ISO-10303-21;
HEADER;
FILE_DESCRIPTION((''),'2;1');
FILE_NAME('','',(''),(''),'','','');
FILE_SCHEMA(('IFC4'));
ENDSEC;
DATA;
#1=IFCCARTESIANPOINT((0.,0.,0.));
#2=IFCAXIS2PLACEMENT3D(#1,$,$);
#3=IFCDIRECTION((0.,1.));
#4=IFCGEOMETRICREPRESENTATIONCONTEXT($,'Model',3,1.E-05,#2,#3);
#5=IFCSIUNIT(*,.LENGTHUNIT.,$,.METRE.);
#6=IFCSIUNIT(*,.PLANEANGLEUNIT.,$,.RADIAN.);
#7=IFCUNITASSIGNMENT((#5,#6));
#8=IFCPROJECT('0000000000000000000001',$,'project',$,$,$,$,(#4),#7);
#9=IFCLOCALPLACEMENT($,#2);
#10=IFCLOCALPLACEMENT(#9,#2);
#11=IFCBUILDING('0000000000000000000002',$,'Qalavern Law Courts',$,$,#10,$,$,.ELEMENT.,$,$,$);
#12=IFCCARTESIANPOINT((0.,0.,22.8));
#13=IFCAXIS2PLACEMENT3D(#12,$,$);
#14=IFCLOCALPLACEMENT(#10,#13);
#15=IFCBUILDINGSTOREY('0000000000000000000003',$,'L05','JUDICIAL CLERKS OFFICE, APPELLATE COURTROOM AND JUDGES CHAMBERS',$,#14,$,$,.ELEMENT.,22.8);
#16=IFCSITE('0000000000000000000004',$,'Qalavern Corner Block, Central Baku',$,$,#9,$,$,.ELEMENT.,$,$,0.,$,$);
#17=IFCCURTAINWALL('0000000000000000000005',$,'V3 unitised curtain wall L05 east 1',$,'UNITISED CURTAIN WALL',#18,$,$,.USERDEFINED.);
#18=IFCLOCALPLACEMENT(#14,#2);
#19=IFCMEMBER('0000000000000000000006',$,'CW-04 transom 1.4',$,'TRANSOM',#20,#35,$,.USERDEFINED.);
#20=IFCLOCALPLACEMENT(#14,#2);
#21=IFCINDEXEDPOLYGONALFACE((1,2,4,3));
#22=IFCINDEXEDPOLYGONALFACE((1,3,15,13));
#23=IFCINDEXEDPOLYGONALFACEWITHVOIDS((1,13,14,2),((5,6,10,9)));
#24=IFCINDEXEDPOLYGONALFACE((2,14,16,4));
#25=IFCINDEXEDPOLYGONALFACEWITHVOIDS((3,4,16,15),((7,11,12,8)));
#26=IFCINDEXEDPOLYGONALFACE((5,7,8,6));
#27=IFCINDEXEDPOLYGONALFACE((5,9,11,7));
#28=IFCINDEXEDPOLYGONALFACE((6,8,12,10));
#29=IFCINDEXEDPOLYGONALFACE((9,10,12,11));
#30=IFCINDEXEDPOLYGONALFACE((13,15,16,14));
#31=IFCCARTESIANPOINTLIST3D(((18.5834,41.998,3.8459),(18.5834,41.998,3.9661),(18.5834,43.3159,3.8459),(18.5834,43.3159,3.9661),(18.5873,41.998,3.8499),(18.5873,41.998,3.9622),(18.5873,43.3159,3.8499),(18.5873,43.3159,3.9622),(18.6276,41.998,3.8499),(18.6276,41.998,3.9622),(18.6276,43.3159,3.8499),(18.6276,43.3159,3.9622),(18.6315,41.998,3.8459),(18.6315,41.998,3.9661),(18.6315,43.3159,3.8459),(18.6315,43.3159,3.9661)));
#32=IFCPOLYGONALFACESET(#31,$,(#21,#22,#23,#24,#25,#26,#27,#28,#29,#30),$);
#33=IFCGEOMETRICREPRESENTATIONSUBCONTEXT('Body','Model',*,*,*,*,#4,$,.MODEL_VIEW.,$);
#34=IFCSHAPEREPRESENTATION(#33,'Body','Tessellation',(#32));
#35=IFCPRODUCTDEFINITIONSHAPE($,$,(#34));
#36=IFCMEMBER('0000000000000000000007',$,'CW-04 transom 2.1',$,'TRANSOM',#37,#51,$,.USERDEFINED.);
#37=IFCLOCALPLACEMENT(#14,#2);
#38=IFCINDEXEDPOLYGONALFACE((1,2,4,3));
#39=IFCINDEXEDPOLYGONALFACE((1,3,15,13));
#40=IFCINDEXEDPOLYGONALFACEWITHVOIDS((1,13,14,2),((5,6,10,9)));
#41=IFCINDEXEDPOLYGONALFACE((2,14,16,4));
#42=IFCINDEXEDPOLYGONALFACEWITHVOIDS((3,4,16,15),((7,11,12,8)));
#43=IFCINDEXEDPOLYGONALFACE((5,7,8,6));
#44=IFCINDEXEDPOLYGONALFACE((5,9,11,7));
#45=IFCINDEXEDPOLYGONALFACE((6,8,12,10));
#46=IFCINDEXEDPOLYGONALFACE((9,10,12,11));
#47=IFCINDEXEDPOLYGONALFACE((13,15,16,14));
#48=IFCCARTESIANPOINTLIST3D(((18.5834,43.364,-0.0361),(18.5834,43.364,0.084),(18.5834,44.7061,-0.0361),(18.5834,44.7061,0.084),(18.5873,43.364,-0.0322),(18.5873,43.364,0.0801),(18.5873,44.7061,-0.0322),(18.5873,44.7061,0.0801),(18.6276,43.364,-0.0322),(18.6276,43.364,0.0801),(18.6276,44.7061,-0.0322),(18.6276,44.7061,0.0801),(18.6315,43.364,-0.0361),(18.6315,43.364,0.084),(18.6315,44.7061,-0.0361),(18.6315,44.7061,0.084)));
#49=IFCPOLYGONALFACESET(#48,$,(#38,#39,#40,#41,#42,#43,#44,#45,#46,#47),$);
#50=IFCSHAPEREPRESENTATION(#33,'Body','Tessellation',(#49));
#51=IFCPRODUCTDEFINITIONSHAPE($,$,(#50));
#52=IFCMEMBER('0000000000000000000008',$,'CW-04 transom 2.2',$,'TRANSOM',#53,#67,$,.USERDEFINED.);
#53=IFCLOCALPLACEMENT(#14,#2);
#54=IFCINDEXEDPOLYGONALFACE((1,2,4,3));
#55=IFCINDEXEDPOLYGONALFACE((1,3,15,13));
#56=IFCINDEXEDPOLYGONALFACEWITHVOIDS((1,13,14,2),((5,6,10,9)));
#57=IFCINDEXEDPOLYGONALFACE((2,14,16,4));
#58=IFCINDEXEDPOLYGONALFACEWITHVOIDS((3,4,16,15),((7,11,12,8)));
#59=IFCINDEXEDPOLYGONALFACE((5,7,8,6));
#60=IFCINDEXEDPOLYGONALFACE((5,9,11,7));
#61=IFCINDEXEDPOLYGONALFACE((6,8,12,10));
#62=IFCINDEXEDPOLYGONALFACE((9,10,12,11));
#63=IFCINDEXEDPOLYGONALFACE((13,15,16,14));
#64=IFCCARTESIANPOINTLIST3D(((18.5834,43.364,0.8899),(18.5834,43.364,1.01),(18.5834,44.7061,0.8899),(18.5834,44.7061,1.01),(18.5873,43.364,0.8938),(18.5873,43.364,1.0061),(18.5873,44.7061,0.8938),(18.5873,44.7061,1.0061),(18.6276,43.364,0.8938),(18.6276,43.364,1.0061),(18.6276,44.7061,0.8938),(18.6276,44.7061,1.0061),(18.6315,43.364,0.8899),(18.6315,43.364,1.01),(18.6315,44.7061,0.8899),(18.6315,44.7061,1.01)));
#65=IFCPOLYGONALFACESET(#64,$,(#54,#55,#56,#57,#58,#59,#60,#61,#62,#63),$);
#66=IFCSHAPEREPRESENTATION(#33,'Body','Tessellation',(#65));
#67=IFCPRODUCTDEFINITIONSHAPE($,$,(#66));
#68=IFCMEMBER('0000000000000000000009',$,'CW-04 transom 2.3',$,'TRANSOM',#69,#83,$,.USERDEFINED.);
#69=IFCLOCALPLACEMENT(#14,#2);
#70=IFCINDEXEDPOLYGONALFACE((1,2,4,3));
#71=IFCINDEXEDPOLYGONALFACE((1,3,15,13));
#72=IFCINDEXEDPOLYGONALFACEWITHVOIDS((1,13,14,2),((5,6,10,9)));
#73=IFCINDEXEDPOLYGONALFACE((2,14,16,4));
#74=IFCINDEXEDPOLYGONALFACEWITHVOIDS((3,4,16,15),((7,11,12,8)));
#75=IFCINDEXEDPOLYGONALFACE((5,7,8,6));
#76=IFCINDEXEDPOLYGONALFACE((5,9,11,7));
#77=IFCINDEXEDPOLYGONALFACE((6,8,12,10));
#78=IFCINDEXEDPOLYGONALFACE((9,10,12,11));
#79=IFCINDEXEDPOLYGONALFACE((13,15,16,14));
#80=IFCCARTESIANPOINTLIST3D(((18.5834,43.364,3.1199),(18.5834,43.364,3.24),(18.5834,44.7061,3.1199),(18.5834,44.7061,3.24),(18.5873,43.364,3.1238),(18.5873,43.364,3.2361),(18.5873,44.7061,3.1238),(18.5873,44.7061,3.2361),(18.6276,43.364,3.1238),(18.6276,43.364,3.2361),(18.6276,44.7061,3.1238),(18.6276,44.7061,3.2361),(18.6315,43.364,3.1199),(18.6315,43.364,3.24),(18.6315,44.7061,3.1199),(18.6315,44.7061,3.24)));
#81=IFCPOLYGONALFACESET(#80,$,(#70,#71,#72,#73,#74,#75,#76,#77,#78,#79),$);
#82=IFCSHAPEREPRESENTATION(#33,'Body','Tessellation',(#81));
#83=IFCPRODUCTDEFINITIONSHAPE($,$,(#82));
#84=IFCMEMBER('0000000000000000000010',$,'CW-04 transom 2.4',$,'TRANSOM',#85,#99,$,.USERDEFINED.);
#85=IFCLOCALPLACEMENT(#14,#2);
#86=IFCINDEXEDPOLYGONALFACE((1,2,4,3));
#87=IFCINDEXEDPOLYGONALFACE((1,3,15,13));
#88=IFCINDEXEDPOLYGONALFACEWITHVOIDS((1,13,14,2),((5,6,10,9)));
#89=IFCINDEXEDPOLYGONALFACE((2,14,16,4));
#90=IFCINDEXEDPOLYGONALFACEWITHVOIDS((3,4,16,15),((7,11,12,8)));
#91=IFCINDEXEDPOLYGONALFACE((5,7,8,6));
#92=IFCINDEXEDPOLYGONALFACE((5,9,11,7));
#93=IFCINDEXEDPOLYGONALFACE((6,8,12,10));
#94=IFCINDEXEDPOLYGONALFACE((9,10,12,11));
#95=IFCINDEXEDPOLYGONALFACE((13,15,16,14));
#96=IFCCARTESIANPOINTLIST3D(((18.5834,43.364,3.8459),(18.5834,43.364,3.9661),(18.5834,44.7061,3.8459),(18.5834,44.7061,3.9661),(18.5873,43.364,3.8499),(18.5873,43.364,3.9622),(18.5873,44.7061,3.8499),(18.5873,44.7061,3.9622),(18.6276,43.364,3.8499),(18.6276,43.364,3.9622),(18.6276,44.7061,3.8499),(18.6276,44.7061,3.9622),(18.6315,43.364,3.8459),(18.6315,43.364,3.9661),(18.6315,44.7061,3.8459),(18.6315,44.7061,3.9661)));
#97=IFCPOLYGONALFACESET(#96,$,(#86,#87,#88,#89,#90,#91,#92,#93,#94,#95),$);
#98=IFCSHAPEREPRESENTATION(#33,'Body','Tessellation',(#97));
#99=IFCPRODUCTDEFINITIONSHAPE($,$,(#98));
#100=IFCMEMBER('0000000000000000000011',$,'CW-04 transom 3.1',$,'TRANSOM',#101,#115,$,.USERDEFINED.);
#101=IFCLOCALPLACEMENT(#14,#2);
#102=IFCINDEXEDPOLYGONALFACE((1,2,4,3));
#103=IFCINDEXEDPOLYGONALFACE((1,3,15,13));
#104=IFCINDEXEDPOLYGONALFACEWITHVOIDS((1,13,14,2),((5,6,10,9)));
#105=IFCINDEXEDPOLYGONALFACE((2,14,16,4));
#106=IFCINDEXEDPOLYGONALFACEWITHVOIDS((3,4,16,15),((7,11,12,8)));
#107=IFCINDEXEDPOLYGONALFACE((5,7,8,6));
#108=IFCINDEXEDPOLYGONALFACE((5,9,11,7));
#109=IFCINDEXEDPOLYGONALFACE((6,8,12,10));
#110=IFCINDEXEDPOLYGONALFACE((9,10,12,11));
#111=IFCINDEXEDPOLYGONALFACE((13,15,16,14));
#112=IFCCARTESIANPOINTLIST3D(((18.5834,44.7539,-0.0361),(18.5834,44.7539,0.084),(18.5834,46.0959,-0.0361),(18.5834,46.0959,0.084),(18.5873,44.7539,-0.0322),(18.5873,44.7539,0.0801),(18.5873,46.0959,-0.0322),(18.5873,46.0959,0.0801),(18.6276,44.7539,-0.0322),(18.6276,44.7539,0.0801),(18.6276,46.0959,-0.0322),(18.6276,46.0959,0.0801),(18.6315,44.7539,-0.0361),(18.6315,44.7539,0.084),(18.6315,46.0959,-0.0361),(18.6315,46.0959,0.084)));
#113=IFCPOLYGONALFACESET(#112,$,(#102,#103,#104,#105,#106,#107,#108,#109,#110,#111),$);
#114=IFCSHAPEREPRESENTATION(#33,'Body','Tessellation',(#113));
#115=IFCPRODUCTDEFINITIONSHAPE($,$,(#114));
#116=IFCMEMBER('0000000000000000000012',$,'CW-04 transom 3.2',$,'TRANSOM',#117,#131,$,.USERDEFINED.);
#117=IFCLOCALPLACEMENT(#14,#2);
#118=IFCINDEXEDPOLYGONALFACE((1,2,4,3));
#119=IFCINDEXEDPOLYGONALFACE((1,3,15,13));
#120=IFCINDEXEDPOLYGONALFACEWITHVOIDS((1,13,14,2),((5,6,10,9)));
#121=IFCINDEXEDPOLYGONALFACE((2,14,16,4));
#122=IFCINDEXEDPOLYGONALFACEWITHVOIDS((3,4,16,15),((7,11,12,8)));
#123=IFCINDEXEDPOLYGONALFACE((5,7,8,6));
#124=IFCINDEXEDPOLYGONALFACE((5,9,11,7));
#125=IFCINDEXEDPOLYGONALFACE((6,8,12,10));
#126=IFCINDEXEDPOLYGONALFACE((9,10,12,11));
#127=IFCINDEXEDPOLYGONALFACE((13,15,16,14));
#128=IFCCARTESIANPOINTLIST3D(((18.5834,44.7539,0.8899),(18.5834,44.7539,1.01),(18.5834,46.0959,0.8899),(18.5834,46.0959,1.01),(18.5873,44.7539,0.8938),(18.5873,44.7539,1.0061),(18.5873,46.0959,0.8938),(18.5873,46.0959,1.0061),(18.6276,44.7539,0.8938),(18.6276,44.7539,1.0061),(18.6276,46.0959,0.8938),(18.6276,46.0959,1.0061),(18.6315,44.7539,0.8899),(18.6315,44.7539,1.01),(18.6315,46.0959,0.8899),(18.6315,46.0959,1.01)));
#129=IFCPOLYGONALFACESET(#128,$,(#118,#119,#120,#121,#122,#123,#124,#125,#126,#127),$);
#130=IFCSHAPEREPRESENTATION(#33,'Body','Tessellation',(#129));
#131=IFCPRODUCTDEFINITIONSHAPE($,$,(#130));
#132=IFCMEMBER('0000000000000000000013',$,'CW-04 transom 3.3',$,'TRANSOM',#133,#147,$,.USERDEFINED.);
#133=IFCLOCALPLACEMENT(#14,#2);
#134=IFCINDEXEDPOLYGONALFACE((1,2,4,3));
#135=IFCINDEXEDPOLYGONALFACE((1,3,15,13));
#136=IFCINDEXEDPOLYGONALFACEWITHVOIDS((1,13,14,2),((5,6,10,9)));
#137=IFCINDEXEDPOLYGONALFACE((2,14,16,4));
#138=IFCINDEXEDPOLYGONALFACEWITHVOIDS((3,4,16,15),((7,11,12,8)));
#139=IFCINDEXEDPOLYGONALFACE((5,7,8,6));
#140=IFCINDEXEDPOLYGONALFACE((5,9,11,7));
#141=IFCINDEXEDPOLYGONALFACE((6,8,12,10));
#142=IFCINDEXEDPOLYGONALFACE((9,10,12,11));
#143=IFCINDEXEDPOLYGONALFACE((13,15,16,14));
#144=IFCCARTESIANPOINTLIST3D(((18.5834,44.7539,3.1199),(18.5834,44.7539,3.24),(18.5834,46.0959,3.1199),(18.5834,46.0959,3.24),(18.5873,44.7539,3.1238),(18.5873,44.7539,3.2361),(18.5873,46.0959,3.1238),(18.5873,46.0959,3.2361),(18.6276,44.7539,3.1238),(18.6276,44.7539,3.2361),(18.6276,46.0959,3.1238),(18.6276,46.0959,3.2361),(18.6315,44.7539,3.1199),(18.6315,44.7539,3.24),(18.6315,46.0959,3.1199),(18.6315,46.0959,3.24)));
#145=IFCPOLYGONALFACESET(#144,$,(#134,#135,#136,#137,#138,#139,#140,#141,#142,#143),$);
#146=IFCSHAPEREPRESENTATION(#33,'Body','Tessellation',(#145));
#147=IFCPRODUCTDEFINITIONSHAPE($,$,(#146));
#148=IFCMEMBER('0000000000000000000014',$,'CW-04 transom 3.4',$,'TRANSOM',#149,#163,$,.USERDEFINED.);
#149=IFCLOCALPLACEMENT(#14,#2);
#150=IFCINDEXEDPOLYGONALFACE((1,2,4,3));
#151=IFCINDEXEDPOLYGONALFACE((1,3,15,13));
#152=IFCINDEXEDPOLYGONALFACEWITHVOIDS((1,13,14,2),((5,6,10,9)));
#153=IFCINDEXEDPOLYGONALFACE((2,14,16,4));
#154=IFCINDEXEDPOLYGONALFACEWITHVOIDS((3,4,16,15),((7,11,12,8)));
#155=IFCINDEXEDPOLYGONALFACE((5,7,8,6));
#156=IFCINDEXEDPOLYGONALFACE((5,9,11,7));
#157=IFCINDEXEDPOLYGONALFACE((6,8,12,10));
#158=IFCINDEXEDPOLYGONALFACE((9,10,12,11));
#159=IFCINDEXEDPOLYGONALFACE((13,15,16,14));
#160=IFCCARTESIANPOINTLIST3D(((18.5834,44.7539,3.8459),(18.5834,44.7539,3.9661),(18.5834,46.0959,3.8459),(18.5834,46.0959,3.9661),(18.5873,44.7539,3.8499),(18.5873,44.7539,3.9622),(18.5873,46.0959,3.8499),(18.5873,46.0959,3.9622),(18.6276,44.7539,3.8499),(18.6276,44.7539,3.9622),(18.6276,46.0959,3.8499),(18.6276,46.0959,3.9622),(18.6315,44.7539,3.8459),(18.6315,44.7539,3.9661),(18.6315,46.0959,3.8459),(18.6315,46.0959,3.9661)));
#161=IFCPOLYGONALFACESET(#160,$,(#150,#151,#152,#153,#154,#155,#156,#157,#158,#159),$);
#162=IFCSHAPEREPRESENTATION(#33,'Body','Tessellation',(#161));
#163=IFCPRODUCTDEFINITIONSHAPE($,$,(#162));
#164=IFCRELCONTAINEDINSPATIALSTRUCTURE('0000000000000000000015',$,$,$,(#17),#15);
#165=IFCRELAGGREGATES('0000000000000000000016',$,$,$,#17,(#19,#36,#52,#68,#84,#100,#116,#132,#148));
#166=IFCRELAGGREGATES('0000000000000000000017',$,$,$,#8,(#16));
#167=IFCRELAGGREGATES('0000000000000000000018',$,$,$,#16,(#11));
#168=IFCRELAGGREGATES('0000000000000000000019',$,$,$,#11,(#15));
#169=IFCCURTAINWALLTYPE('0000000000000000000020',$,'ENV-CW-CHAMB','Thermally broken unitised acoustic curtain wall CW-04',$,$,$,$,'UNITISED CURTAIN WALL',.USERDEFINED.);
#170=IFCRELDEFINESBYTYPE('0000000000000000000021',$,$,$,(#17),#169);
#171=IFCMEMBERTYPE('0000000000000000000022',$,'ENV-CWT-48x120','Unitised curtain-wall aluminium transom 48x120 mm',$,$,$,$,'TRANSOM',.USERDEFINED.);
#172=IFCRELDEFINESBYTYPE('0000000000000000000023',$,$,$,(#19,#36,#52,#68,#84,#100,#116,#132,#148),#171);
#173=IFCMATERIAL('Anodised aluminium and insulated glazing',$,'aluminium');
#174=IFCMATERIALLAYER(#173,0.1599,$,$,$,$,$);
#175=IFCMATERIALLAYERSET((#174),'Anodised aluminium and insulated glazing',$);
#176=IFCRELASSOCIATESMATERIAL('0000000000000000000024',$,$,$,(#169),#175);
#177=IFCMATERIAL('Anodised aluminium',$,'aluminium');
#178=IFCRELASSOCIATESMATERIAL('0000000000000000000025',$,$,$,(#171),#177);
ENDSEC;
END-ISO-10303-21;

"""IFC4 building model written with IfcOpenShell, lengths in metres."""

from ifc_helpers import new_model, si_unit, direction, frame, origin, origin_2d, place, context, subcontext, project, spatial, hollow_rectangle, extrude, material, layer, layer_set, material_profile, profile_set, type_object, element, aggregate, save


model = new_model("IFC4")

# Units and contexts
model_context = context("Model", 3, precision=1e-05, world=origin(), true_north=direction((0.0, 1.0)))
body_context = subcontext(model_context, "Body", "Model", "MODEL_VIEW")
ifc_project = project(units=[si_unit("LENGTHUNIT", "METRE"), si_unit("PLANEANGLEUNIT", "RADIAN")], contexts=[model_context])

# Site, building, storey
site_placement = place(None, origin())
site = spatial("IfcSite", under=ifc_project, at=site_placement, Name="Qalavern Corner Block, Central Baku", CompositionType="ELEMENT", RefElevation=0.0)
building_placement = place(site_placement, origin())
building = spatial("IfcBuilding", under=site, at=building_placement, Name="Qalavern Law Courts", CompositionType="ELEMENT")
storey_placement = place(building_placement, frame((0.0, 0.0, 22.8)))
storey = spatial("IfcBuildingStorey", under=building, at=storey_placement, Name="L05", Description="JUDICIAL CLERKS OFFICE, APPELLATE COURTROOM AND JUDGES CHAMBERS", CompositionType="ELEMENT", Elevation=22.8)

# Shared definitions
ifc_material_1 = material(Name="Anodised aluminium and insulated glazing", Category="aluminium")
ifc_layer_1 = layer(ifc_material_1, 0.1599)
ifc_layer_set_1 = layer_set([ifc_layer_1], Name="Anodised aluminium and insulated glazing")
curtain_wall_type = type_object("IfcCurtainWallType", Name="ENV-CW-CHAMB", Description="Thermally broken unitised acoustic curtain wall CW-04", ElementType="UNITISED CURTAIN WALL", PredefinedType="USERDEFINED", material=ifc_layer_set_1)
ifc_material_2 = material(Name="Anodised aluminium", Category="aluminium")

# Curtain wall
curtain_wall_1_placement = place(storey_placement, origin())
curtain_wall_1 = element("IfcCurtainWall", 1, at=curtain_wall_1_placement, inside=storey, type_object=curtain_wall_type, Name="V3 unitised curtain wall L05 east 1", ObjectType="UNITISED CURTAIN WALL", PredefinedType="USERDEFINED")

# Members
ifc_material_profile_1 = material_profile(ifc_material_2, hollow_rectangle(XDim=0.0481, YDim=0.1201, WallThickness=0.0039, at=origin_2d()), Name="ALU TRANSOM 48x120")
ifc_profile_set_1 = profile_set([ifc_material_profile_1], Name="Anodised aluminium")
member_type_1 = type_object("IfcMemberType", Name="ENV-CWT-48x120", Description="Unitised curtain-wall aluminium transom 48x120 mm", ElementType="TRANSOM", PredefinedType="USERDEFINED", material=ifc_profile_set_1)
member_1_placement = place(storey_placement, frame((18.6074, 41.998, 3.906), z_axis=(0.0, 1.0, 0.0), x_axis=(-1.0, 0.0, 0.0)))
member_1 = element("IfcMember", 2, at=member_1_placement, type_object=member_type_1, Name="CW-04 transom 1.4", ObjectType="TRANSOM", PredefinedType="USERDEFINED", context=body_context, shape_type="SweptSolid", body=[
    extrude(hollow_rectangle(XDim=0.0481, YDim=0.1201, WallThickness=0.0039, at=origin_2d()), origin(), (0.0, 0.0, 1.0), 1.3179),
])
member_2_placement = place(storey_placement, frame((18.6074, 43.364, 0.0239), z_axis=(0.0, 1.0, 0.0), x_axis=(-1.0, 0.0, 0.0)))
member_2 = element("IfcMember", 3, at=member_2_placement, type_object=member_type_1, Name="CW-04 transom 2.1", ObjectType="TRANSOM", PredefinedType="USERDEFINED", context=body_context, shape_type="SweptSolid", body=[
    extrude(hollow_rectangle(XDim=0.0481, YDim=0.1201, WallThickness=0.0039, at=origin_2d()), origin(), (0.0, 0.0, 1.0), 1.342),
])
member_3_placement = place(storey_placement, frame((18.6074, 43.364, 0.95), z_axis=(0.0, 1.0, 0.0), x_axis=(-1.0, 0.0, 0.0)))
member_3 = element("IfcMember", 4, at=member_3_placement, type_object=member_type_1, Name="CW-04 transom 2.2", ObjectType="TRANSOM", PredefinedType="USERDEFINED", context=body_context, shape_type="SweptSolid", body=[
    extrude(hollow_rectangle(XDim=0.0481, YDim=0.1201, WallThickness=0.0039, at=origin_2d()), origin(), (0.0, 0.0, 1.0), 1.342),
])
member_4_placement = place(storey_placement, frame((18.6074, 43.364, 3.1799), z_axis=(0.0, 1.0, 0.0), x_axis=(-1.0, 0.0, 0.0)))
member_4 = element("IfcMember", 5, at=member_4_placement, type_object=member_type_1, Name="CW-04 transom 2.3", ObjectType="TRANSOM", PredefinedType="USERDEFINED", context=body_context, shape_type="SweptSolid", body=[
    extrude(hollow_rectangle(XDim=0.0481, YDim=0.1201, WallThickness=0.0039, at=origin_2d()), origin(), (0.0, 0.0, 1.0), 1.342),
])
member_5_placement = place(storey_placement, frame((18.6074, 43.364, 3.906), z_axis=(0.0, 1.0, 0.0), x_axis=(-1.0, 0.0, 0.0)))
member_5 = element("IfcMember", 6, at=member_5_placement, type_object=member_type_1, Name="CW-04 transom 2.4", ObjectType="TRANSOM", PredefinedType="USERDEFINED", context=body_context, shape_type="SweptSolid", body=[
    extrude(hollow_rectangle(XDim=0.0481, YDim=0.1201, WallThickness=0.0039, at=origin_2d()), origin(), (0.0, 0.0, 1.0), 1.342),
])
member_6_placement = place(storey_placement, frame((18.6074, 44.7539, 0.0239), z_axis=(0.0, 1.0, 0.0), x_axis=(-1.0, 0.0, 0.0)))
member_6 = element("IfcMember", 7, at=member_6_placement, type_object=member_type_1, Name="CW-04 transom 3.1", ObjectType="TRANSOM", PredefinedType="USERDEFINED", context=body_context, shape_type="SweptSolid", body=[
    extrude(hollow_rectangle(XDim=0.0481, YDim=0.1201, WallThickness=0.0039, at=origin_2d()), origin(), (0.0, 0.0, 1.0), 1.342),
])
member_7_placement = place(storey_placement, frame((18.6074, 44.7539, 0.95), z_axis=(0.0, 1.0, 0.0), x_axis=(-1.0, 0.0, 0.0)))
member_7 = element("IfcMember", 8, at=member_7_placement, type_object=member_type_1, Name="CW-04 transom 3.2", ObjectType="TRANSOM", PredefinedType="USERDEFINED", context=body_context, shape_type="SweptSolid", body=[
    extrude(hollow_rectangle(XDim=0.0481, YDim=0.1201, WallThickness=0.0039, at=origin_2d()), origin(), (0.0, 0.0, 1.0), 1.342),
])
member_8_placement = place(storey_placement, frame((18.6074, 44.7539, 3.1799), z_axis=(0.0, 1.0, 0.0), x_axis=(-1.0, 0.0, 0.0)))
member_8 = element("IfcMember", 9, at=member_8_placement, type_object=member_type_1, Name="CW-04 transom 3.3", ObjectType="TRANSOM", PredefinedType="USERDEFINED", context=body_context, shape_type="SweptSolid", body=[
    extrude(hollow_rectangle(XDim=0.0481, YDim=0.1201, WallThickness=0.0039, at=origin_2d()), origin(), (0.0, 0.0, 1.0), 1.342),
])
member_9_placement = place(storey_placement, frame((18.6074, 44.7539, 3.906), z_axis=(0.0, 1.0, 0.0), x_axis=(-1.0, 0.0, 0.0)))
member_9 = element("IfcMember", 10, at=member_9_placement, type_object=member_type_1, Name="CW-04 transom 3.4", ObjectType="TRANSOM", PredefinedType="USERDEFINED", context=body_context, shape_type="SweptSolid", body=[
    extrude(hollow_rectangle(XDim=0.0481, YDim=0.1201, WallThickness=0.0039, at=origin_2d()), origin(), (0.0, 0.0, 1.0), 1.342),
])

aggregate(curtain_wall_1, [member_1, member_2, member_3, member_4, member_5, member_6, member_7, member_8, member_9])

save(model, "model.ifc")
